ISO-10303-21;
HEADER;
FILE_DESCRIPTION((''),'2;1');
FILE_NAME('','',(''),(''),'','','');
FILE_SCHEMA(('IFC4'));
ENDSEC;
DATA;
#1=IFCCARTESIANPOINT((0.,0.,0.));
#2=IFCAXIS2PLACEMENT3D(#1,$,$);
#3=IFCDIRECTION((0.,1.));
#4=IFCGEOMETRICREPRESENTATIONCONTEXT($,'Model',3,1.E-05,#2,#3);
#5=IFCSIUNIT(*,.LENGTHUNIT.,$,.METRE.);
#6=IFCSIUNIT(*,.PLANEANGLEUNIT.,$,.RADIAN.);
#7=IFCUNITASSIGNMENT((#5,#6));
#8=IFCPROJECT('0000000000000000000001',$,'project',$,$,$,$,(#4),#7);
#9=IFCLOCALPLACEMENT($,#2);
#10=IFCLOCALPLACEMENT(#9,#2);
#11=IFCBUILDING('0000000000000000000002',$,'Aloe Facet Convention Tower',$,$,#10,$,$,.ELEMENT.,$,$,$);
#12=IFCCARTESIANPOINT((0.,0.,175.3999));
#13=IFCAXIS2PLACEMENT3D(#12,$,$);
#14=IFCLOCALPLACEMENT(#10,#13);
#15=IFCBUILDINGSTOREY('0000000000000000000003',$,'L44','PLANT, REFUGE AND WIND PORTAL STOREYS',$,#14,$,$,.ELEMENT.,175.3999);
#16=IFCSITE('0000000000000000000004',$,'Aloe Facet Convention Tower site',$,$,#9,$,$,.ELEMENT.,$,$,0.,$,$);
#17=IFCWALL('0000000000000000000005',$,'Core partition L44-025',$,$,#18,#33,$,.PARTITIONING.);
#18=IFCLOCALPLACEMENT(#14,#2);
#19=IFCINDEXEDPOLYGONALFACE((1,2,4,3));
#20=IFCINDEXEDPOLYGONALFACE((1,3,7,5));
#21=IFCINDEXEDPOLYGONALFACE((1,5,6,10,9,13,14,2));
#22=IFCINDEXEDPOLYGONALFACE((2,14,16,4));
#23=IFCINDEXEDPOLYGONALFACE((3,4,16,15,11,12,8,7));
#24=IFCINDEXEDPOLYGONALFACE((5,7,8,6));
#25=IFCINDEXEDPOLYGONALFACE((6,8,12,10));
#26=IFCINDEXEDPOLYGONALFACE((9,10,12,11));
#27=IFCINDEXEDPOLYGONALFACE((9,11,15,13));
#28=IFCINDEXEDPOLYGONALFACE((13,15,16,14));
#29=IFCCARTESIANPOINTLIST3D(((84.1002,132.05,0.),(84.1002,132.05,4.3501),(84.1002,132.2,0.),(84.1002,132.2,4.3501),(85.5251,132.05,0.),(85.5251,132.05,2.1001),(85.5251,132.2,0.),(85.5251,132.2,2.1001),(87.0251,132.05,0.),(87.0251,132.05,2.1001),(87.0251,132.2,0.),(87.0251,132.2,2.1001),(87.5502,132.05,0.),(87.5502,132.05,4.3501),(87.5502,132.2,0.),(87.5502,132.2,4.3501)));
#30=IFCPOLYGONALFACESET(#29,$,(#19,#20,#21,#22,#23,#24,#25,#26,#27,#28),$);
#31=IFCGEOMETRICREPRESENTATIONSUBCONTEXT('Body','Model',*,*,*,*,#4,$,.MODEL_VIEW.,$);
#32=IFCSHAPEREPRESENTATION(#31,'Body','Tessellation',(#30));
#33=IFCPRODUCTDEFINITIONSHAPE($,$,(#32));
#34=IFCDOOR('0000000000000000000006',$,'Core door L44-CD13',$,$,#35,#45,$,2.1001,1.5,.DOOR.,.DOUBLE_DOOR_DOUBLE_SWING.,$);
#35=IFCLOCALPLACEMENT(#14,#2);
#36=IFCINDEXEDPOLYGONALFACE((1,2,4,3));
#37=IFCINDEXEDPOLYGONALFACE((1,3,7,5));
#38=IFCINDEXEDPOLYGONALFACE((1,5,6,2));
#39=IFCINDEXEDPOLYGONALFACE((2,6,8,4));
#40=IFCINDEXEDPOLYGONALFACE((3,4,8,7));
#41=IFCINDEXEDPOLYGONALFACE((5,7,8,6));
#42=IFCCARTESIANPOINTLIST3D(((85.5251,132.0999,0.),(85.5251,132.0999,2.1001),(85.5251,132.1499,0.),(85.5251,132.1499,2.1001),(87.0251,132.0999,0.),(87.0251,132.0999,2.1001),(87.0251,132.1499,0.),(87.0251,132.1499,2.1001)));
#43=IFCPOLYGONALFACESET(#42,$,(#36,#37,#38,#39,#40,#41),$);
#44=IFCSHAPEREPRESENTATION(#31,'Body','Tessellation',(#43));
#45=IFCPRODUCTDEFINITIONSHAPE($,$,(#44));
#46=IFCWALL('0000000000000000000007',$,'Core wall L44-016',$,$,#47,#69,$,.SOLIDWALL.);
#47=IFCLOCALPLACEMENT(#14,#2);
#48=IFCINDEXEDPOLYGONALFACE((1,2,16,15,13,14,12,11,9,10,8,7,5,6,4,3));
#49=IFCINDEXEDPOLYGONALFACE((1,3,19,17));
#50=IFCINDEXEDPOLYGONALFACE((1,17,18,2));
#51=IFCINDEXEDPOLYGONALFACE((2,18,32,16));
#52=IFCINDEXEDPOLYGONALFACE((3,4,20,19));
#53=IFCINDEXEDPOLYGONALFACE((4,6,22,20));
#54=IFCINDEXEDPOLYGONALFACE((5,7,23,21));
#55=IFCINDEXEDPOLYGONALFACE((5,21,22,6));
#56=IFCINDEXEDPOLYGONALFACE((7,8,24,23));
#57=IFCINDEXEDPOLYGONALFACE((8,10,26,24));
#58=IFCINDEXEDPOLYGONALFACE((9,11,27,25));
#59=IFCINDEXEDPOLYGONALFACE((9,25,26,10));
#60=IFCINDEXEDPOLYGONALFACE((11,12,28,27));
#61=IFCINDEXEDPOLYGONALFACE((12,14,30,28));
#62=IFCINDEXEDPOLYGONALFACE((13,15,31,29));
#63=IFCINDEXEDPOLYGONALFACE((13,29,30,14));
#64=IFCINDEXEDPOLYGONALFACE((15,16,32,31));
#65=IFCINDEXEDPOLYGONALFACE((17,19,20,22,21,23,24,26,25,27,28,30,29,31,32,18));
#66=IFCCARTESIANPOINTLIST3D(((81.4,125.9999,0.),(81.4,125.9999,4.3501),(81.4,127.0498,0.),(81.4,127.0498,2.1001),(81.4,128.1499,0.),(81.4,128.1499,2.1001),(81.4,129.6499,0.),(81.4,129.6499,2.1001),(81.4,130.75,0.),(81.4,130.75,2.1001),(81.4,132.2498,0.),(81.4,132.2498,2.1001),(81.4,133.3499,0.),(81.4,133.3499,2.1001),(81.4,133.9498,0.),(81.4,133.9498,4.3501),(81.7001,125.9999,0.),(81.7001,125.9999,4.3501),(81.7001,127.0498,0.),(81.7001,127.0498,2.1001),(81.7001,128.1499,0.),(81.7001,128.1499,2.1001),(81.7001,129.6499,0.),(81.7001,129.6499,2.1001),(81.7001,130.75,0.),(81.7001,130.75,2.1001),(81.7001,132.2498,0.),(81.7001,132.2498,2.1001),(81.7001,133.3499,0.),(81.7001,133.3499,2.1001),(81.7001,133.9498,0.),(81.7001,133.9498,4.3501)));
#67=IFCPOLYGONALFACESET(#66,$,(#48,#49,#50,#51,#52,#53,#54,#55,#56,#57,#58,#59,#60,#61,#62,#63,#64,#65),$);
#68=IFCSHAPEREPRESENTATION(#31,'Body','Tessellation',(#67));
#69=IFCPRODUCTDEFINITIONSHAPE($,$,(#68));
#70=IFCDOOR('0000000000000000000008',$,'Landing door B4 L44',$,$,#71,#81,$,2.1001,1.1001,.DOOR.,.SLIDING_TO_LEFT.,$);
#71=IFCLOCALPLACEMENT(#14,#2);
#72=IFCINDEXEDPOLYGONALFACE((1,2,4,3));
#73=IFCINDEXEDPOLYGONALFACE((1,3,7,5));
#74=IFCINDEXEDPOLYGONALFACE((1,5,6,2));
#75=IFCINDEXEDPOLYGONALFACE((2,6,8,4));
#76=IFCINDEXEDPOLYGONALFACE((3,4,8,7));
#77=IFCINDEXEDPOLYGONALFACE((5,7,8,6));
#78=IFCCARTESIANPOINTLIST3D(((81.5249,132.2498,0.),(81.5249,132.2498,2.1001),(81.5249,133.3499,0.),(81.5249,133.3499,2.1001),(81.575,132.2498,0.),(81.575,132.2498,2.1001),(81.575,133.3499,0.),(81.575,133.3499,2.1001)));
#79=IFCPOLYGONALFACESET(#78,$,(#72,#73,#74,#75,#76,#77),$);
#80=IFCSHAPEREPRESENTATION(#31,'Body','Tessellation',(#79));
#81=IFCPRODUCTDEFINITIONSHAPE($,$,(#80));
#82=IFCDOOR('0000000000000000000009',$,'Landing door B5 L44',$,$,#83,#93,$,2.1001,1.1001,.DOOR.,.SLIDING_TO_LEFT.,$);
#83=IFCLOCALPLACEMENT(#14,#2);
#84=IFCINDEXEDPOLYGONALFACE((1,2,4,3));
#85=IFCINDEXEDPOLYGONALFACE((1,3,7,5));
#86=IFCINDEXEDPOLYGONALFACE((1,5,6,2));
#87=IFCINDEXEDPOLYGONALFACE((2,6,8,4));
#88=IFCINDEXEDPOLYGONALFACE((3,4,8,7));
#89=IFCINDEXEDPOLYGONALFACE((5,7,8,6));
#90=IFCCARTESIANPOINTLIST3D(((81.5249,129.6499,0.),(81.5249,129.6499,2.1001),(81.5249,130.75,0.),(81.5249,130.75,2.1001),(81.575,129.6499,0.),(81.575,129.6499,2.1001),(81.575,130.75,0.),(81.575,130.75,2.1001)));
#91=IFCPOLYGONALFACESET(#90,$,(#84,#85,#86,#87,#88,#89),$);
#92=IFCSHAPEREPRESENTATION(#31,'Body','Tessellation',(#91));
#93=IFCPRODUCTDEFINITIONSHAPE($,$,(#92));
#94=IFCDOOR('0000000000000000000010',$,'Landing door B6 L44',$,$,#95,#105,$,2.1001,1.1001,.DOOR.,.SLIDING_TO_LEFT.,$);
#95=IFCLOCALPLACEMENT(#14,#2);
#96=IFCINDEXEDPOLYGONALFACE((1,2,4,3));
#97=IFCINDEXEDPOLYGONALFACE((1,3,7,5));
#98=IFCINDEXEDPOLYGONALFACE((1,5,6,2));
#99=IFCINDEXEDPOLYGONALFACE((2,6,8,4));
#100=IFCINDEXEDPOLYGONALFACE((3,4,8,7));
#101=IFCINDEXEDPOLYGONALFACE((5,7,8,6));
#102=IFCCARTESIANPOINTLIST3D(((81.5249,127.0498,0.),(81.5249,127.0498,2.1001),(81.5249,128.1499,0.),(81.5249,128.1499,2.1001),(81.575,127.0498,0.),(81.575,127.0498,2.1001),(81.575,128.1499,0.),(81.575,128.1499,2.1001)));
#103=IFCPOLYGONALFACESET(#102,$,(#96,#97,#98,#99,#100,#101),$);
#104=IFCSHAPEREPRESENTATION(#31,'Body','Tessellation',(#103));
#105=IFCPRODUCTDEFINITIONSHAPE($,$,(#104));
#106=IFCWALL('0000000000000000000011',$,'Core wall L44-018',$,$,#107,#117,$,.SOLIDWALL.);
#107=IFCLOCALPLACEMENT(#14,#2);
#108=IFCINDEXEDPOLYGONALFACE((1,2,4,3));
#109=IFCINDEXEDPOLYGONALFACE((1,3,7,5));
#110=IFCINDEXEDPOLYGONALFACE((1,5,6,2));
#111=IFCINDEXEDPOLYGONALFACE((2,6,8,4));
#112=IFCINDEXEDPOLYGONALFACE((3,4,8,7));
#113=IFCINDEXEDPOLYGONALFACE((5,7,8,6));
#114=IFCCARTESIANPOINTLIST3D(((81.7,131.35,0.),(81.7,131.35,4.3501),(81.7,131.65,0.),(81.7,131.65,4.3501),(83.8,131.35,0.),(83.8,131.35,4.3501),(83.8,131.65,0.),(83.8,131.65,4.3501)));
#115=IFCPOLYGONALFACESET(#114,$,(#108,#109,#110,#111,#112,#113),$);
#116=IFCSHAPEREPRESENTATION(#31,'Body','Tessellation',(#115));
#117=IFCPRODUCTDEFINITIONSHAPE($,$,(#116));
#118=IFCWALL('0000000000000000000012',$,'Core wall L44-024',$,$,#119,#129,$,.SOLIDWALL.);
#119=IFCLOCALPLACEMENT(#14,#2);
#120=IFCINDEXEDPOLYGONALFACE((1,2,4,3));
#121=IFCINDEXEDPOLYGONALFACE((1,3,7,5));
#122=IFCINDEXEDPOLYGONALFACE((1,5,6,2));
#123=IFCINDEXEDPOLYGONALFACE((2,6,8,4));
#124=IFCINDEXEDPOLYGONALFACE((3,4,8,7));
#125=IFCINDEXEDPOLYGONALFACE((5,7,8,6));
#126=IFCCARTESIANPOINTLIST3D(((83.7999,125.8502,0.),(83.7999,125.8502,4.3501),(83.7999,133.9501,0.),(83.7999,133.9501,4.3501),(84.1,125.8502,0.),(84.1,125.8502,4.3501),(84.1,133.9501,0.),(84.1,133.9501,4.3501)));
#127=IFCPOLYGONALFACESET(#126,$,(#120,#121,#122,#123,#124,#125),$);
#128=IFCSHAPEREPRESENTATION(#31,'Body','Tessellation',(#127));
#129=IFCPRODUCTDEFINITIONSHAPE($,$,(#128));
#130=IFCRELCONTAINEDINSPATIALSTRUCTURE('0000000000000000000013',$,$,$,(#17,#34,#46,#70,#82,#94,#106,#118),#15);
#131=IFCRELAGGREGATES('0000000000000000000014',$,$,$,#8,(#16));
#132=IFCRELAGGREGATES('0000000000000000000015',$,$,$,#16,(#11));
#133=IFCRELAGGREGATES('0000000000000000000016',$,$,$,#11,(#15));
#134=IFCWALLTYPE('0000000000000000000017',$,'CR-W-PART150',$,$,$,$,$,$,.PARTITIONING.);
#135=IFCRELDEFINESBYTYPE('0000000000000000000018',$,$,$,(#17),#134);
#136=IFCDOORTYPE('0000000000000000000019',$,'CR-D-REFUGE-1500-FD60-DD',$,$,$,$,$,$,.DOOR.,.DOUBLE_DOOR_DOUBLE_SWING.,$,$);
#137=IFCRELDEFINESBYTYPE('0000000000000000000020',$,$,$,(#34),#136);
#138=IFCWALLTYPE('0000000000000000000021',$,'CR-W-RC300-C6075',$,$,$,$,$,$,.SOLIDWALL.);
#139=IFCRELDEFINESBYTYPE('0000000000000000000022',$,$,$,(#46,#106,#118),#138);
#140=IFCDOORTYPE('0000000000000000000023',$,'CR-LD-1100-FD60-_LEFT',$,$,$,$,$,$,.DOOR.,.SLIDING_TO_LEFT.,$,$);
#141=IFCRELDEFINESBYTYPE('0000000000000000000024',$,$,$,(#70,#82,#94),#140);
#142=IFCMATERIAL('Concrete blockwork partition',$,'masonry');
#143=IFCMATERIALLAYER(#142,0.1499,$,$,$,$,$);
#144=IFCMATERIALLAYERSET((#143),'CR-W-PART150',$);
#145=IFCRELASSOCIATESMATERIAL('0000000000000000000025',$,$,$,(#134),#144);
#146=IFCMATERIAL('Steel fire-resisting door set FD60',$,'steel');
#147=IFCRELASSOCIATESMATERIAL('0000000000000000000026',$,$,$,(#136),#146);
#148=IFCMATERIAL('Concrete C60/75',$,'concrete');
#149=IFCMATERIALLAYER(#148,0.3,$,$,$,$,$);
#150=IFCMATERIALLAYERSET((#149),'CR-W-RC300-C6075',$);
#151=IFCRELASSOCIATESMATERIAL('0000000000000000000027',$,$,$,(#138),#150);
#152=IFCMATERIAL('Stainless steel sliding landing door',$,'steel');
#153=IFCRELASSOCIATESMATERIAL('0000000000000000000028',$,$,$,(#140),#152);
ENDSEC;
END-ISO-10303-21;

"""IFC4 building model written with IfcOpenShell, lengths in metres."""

from ifc_helpers import new_model, si_unit, direction, frame, frame_2d, origin, place, context, subcontext, project, spatial, rectangle, extrude, material, layer, layer_set, type_object, element, fill, save


model = new_model("IFC4")

# Units and contexts
model_context = context("Model", 3, precision=1e-05, world=origin(), true_north=direction((0.0, 1.0)))
body_context = subcontext(model_context, "Body", "Model", "MODEL_VIEW")
ifc_project = project(units=[si_unit("LENGTHUNIT", "METRE"), si_unit("PLANEANGLEUNIT", "RADIAN")], contexts=[model_context])

# Site, building, storey
site_placement = place(None, origin())
site = spatial("IfcSite", under=ifc_project, at=site_placement, Name="Aloe Facet Convention Tower site", CompositionType="ELEMENT", RefElevation=0.0)
building_placement = place(site_placement, origin())
building = spatial("IfcBuilding", under=site, at=building_placement, Name="Aloe Facet Convention Tower", CompositionType="ELEMENT")
storey_placement = place(building_placement, frame((0.0, 0.0, 175.3999)))
storey = spatial("IfcBuildingStorey", under=building, at=storey_placement, Name="L44", Description="PLANT, REFUGE AND WIND PORTAL STOREYS", CompositionType="ELEMENT", Elevation=175.3999)

# Wall, opening, door
ifc_material_1 = material(Name="Concrete blockwork partition", Category="masonry")
ifc_layer_1 = layer(ifc_material_1, 0.1499)
ifc_layer_set_1 = layer_set([ifc_layer_1], Name="CR-W-PART150")
wall_type_1 = type_object("IfcWallType", Name="CR-W-PART150", PredefinedType="PARTITIONING", material=ifc_layer_set_1)
wall_1_placement = place(storey_placement, frame((84.1001, 132.125, 0.0), z_axis=(0.0, 0.0, 1.0), x_axis=(1.0, 0.0, 0.0)))
wall_1 = element("IfcWall", 1, at=wall_1_placement, inside=storey, type_object=wall_type_1, Name="Core partition L44-025", PredefinedType="PARTITIONING", context=body_context, shape_type="SweptSolid", body=[
    extrude(rectangle(XDim=3.45, YDim=0.1499, at=frame_2d((1.7251, 0.0))), origin(), (0.0, 0.0, 1.0), 4.3501),
])
opening_1_placement = place(wall_1_placement, frame((1.425, 0.0, 0.0)))
opening_1 = element("IfcOpeningElement", 2, at=opening_1_placement, cuts=wall_1, PredefinedType="OPENING", context=body_context, shape_type="SweptSolid", body=[
    extrude(rectangle(XDim=1.5, YDim=2.1001, at=frame_2d((0.75, 1.05))), frame((0.0, 0.085, 0.0), z_axis=(0.0, -1.0, 0.0), x_axis=(1.0, 0.0, 0.0)), (0.0, 0.0, 1.0), 0.1699),
])
ifc_material_2 = material(Name="Steel fire-resisting door set FD60", Category="steel")
door_type_1 = type_object("IfcDoorType", Name="CR-D-REFUGE-1500-FD60-DD", OperationType="DOUBLE_DOOR_DOUBLE_SWING", PredefinedType="DOOR", material=ifc_material_2)
door_1_placement = place(opening_1_placement, origin())
door_1 = element("IfcDoor", 3, at=door_1_placement, inside=storey, type_object=door_type_1, Name="Core door L44-CD13", OperationType="DOUBLE_DOOR_DOUBLE_SWING", OverallHeight=2.1001, OverallWidth=1.5, PredefinedType="DOOR", context=body_context, shape_type="SweptSolid", body=[
    extrude(rectangle(XDim=1.5, YDim=2.1001, at=frame_2d((0.75, 1.05))), frame((0.0, 0.0249, 0.0), z_axis=(0.0, -1.0, 0.0), x_axis=(1.0, 0.0, 0.0)), (0.0, 0.0, 1.0), 0.05),
])
fill(opening_1, door_1)

# Wall, openings, doors
ifc_material_3 = material(Name="Concrete C60/75", Category="concrete")
ifc_layer_2 = layer(ifc_material_3, 0.3)
ifc_layer_set_2 = layer_set([ifc_layer_2], Name="CR-W-RC300-C6075")
wall_type_2 = type_object("IfcWallType", Name="CR-W-RC300-C6075", PredefinedType="SOLIDWALL", material=ifc_layer_set_2)
wall_2_placement = place(storey_placement, frame((81.55, 133.95, 0.0), z_axis=(0.0, 0.0, 1.0), x_axis=(0.0, -1.0, 0.0)))
wall_2 = element("IfcWall", 4, at=wall_2_placement, inside=storey, type_object=wall_type_2, Name="Core wall L44-016", PredefinedType="SOLIDWALL", context=body_context, shape_type="SweptSolid", body=[
    extrude(rectangle(XDim=7.95, YDim=0.3, at=frame_2d((3.9751, 0.0))), origin(), (0.0, 0.0, 1.0), 4.3501),
])
opening_2_placement = place(wall_2_placement, frame((0.6001, 0.0, 0.0)))
opening_2 = element("IfcOpeningElement", 5, at=opening_2_placement, cuts=wall_2, PredefinedType="OPENING", context=body_context, shape_type="SweptSolid", body=[
    extrude(rectangle(XDim=1.1001, YDim=2.1001, at=frame_2d((0.55, 1.05))), frame((0.0, 0.1602, 0.0), z_axis=(0.0, -1.0, 0.0), x_axis=(1.0, 0.0, 0.0)), (0.0, 0.0, 1.0), 0.3201),
])
opening_3_placement = place(wall_2_placement, frame((3.2, 0.0, 0.0)))
opening_3 = element("IfcOpeningElement", 6, at=opening_3_placement, cuts=wall_2, PredefinedType="OPENING", context=body_context, shape_type="SweptSolid", body=[
    extrude(rectangle(XDim=1.1001, YDim=2.1001, at=frame_2d((0.55, 1.05))), frame((0.0, 0.1602, 0.0), z_axis=(0.0, -1.0, 0.0), x_axis=(1.0, 0.0, 0.0)), (0.0, 0.0, 1.0), 0.3201),
])
opening_4_placement = place(wall_2_placement, frame((5.8, 0.0, 0.0)))
opening_4 = element("IfcOpeningElement", 7, at=opening_4_placement, cuts=wall_2, PredefinedType="OPENING", context=body_context, shape_type="SweptSolid", body=[
    extrude(rectangle(XDim=1.1001, YDim=2.1001, at=frame_2d((0.55, 1.05))), frame((0.0, 0.1602, 0.0), z_axis=(0.0, -1.0, 0.0), x_axis=(1.0, 0.0, 0.0)), (0.0, 0.0, 1.0), 0.3201),
])
ifc_material_4 = material(Name="Stainless steel sliding landing door", Category="steel")
door_type_2 = type_object("IfcDoorType", Name="CR-LD-1100-FD60-_LEFT", OperationType="SLIDING_TO_LEFT", PredefinedType="DOOR", material=ifc_material_4)
door_2_placement = place(opening_2_placement, origin())
door_2 = element("IfcDoor", 8, at=door_2_placement, inside=storey, type_object=door_type_2, Name="Landing door B4 L44", OperationType="SLIDING_TO_LEFT", OverallHeight=2.1001, OverallWidth=1.1001, PredefinedType="DOOR", context=body_context, shape_type="SweptSolid", body=[
    extrude(rectangle(XDim=1.1001, YDim=2.1001, at=frame_2d((0.55, 1.05))), frame((0.0, 0.0249, 0.0), z_axis=(0.0, -1.0, 0.0), x_axis=(1.0, 0.0, 0.0)), (0.0, 0.0, 1.0), 0.05),
])
fill(opening_2, door_2)
door_3_placement = place(opening_3_placement, origin())
door_3 = element("IfcDoor", 9, at=door_3_placement, inside=storey, type_object=door_type_2, Name="Landing door B5 L44", OperationType="SLIDING_TO_LEFT", OverallHeight=2.1001, OverallWidth=1.1001, PredefinedType="DOOR", context=body_context, shape_type="SweptSolid", body=[
    extrude(rectangle(XDim=1.1001, YDim=2.1001, at=frame_2d((0.55, 1.05))), frame((0.0, 0.0249, 0.0), z_axis=(0.0, -1.0, 0.0), x_axis=(1.0, 0.0, 0.0)), (0.0, 0.0, 1.0), 0.05),
])
fill(opening_3, door_3)
door_4_placement = place(opening_4_placement, origin())
door_4 = element("IfcDoor", 10, at=door_4_placement, inside=storey, type_object=door_type_2, Name="Landing door B6 L44", OperationType="SLIDING_TO_LEFT", OverallHeight=2.1001, OverallWidth=1.1001, PredefinedType="DOOR", context=body_context, shape_type="SweptSolid", body=[
    extrude(rectangle(XDim=1.1001, YDim=2.1001, at=frame_2d((0.55, 1.05))), frame((0.0, 0.0249, 0.0), z_axis=(0.0, -1.0, 0.0), x_axis=(1.0, 0.0, 0.0)), (0.0, 0.0, 1.0), 0.05),
])
fill(opening_4, door_4)

# Walls
wall_3_placement = place(storey_placement, frame((81.7, 131.5, 0.0), z_axis=(0.0, 0.0, 1.0), x_axis=(1.0, 0.0, 0.0)))
element("IfcWall", 11, at=wall_3_placement, inside=storey, type_object=wall_type_2, Name="Core wall L44-018", PredefinedType="SOLIDWALL", context=body_context, shape_type="SweptSolid", body=[
    extrude(rectangle(XDim=2.1001, YDim=0.3, at=frame_2d((1.05, 0.0))), origin(), (0.0, 0.0, 1.0), 4.3501),
])
wall_4_placement = place(storey_placement, frame((83.95, 133.95, 0.0), z_axis=(0.0, 0.0, 1.0), x_axis=(0.0, -1.0, 0.0)))
element("IfcWall", 12, at=wall_4_placement, inside=storey, type_object=wall_type_2, Name="Core wall L44-024", PredefinedType="SOLIDWALL", context=body_context, shape_type="SweptSolid", body=[
    extrude(rectangle(XDim=8.0999, YDim=0.3, at=frame_2d((4.0498, 0.0))), origin(), (0.0, 0.0, 1.0), 4.3501),
])

save(model, "model.ifc")
